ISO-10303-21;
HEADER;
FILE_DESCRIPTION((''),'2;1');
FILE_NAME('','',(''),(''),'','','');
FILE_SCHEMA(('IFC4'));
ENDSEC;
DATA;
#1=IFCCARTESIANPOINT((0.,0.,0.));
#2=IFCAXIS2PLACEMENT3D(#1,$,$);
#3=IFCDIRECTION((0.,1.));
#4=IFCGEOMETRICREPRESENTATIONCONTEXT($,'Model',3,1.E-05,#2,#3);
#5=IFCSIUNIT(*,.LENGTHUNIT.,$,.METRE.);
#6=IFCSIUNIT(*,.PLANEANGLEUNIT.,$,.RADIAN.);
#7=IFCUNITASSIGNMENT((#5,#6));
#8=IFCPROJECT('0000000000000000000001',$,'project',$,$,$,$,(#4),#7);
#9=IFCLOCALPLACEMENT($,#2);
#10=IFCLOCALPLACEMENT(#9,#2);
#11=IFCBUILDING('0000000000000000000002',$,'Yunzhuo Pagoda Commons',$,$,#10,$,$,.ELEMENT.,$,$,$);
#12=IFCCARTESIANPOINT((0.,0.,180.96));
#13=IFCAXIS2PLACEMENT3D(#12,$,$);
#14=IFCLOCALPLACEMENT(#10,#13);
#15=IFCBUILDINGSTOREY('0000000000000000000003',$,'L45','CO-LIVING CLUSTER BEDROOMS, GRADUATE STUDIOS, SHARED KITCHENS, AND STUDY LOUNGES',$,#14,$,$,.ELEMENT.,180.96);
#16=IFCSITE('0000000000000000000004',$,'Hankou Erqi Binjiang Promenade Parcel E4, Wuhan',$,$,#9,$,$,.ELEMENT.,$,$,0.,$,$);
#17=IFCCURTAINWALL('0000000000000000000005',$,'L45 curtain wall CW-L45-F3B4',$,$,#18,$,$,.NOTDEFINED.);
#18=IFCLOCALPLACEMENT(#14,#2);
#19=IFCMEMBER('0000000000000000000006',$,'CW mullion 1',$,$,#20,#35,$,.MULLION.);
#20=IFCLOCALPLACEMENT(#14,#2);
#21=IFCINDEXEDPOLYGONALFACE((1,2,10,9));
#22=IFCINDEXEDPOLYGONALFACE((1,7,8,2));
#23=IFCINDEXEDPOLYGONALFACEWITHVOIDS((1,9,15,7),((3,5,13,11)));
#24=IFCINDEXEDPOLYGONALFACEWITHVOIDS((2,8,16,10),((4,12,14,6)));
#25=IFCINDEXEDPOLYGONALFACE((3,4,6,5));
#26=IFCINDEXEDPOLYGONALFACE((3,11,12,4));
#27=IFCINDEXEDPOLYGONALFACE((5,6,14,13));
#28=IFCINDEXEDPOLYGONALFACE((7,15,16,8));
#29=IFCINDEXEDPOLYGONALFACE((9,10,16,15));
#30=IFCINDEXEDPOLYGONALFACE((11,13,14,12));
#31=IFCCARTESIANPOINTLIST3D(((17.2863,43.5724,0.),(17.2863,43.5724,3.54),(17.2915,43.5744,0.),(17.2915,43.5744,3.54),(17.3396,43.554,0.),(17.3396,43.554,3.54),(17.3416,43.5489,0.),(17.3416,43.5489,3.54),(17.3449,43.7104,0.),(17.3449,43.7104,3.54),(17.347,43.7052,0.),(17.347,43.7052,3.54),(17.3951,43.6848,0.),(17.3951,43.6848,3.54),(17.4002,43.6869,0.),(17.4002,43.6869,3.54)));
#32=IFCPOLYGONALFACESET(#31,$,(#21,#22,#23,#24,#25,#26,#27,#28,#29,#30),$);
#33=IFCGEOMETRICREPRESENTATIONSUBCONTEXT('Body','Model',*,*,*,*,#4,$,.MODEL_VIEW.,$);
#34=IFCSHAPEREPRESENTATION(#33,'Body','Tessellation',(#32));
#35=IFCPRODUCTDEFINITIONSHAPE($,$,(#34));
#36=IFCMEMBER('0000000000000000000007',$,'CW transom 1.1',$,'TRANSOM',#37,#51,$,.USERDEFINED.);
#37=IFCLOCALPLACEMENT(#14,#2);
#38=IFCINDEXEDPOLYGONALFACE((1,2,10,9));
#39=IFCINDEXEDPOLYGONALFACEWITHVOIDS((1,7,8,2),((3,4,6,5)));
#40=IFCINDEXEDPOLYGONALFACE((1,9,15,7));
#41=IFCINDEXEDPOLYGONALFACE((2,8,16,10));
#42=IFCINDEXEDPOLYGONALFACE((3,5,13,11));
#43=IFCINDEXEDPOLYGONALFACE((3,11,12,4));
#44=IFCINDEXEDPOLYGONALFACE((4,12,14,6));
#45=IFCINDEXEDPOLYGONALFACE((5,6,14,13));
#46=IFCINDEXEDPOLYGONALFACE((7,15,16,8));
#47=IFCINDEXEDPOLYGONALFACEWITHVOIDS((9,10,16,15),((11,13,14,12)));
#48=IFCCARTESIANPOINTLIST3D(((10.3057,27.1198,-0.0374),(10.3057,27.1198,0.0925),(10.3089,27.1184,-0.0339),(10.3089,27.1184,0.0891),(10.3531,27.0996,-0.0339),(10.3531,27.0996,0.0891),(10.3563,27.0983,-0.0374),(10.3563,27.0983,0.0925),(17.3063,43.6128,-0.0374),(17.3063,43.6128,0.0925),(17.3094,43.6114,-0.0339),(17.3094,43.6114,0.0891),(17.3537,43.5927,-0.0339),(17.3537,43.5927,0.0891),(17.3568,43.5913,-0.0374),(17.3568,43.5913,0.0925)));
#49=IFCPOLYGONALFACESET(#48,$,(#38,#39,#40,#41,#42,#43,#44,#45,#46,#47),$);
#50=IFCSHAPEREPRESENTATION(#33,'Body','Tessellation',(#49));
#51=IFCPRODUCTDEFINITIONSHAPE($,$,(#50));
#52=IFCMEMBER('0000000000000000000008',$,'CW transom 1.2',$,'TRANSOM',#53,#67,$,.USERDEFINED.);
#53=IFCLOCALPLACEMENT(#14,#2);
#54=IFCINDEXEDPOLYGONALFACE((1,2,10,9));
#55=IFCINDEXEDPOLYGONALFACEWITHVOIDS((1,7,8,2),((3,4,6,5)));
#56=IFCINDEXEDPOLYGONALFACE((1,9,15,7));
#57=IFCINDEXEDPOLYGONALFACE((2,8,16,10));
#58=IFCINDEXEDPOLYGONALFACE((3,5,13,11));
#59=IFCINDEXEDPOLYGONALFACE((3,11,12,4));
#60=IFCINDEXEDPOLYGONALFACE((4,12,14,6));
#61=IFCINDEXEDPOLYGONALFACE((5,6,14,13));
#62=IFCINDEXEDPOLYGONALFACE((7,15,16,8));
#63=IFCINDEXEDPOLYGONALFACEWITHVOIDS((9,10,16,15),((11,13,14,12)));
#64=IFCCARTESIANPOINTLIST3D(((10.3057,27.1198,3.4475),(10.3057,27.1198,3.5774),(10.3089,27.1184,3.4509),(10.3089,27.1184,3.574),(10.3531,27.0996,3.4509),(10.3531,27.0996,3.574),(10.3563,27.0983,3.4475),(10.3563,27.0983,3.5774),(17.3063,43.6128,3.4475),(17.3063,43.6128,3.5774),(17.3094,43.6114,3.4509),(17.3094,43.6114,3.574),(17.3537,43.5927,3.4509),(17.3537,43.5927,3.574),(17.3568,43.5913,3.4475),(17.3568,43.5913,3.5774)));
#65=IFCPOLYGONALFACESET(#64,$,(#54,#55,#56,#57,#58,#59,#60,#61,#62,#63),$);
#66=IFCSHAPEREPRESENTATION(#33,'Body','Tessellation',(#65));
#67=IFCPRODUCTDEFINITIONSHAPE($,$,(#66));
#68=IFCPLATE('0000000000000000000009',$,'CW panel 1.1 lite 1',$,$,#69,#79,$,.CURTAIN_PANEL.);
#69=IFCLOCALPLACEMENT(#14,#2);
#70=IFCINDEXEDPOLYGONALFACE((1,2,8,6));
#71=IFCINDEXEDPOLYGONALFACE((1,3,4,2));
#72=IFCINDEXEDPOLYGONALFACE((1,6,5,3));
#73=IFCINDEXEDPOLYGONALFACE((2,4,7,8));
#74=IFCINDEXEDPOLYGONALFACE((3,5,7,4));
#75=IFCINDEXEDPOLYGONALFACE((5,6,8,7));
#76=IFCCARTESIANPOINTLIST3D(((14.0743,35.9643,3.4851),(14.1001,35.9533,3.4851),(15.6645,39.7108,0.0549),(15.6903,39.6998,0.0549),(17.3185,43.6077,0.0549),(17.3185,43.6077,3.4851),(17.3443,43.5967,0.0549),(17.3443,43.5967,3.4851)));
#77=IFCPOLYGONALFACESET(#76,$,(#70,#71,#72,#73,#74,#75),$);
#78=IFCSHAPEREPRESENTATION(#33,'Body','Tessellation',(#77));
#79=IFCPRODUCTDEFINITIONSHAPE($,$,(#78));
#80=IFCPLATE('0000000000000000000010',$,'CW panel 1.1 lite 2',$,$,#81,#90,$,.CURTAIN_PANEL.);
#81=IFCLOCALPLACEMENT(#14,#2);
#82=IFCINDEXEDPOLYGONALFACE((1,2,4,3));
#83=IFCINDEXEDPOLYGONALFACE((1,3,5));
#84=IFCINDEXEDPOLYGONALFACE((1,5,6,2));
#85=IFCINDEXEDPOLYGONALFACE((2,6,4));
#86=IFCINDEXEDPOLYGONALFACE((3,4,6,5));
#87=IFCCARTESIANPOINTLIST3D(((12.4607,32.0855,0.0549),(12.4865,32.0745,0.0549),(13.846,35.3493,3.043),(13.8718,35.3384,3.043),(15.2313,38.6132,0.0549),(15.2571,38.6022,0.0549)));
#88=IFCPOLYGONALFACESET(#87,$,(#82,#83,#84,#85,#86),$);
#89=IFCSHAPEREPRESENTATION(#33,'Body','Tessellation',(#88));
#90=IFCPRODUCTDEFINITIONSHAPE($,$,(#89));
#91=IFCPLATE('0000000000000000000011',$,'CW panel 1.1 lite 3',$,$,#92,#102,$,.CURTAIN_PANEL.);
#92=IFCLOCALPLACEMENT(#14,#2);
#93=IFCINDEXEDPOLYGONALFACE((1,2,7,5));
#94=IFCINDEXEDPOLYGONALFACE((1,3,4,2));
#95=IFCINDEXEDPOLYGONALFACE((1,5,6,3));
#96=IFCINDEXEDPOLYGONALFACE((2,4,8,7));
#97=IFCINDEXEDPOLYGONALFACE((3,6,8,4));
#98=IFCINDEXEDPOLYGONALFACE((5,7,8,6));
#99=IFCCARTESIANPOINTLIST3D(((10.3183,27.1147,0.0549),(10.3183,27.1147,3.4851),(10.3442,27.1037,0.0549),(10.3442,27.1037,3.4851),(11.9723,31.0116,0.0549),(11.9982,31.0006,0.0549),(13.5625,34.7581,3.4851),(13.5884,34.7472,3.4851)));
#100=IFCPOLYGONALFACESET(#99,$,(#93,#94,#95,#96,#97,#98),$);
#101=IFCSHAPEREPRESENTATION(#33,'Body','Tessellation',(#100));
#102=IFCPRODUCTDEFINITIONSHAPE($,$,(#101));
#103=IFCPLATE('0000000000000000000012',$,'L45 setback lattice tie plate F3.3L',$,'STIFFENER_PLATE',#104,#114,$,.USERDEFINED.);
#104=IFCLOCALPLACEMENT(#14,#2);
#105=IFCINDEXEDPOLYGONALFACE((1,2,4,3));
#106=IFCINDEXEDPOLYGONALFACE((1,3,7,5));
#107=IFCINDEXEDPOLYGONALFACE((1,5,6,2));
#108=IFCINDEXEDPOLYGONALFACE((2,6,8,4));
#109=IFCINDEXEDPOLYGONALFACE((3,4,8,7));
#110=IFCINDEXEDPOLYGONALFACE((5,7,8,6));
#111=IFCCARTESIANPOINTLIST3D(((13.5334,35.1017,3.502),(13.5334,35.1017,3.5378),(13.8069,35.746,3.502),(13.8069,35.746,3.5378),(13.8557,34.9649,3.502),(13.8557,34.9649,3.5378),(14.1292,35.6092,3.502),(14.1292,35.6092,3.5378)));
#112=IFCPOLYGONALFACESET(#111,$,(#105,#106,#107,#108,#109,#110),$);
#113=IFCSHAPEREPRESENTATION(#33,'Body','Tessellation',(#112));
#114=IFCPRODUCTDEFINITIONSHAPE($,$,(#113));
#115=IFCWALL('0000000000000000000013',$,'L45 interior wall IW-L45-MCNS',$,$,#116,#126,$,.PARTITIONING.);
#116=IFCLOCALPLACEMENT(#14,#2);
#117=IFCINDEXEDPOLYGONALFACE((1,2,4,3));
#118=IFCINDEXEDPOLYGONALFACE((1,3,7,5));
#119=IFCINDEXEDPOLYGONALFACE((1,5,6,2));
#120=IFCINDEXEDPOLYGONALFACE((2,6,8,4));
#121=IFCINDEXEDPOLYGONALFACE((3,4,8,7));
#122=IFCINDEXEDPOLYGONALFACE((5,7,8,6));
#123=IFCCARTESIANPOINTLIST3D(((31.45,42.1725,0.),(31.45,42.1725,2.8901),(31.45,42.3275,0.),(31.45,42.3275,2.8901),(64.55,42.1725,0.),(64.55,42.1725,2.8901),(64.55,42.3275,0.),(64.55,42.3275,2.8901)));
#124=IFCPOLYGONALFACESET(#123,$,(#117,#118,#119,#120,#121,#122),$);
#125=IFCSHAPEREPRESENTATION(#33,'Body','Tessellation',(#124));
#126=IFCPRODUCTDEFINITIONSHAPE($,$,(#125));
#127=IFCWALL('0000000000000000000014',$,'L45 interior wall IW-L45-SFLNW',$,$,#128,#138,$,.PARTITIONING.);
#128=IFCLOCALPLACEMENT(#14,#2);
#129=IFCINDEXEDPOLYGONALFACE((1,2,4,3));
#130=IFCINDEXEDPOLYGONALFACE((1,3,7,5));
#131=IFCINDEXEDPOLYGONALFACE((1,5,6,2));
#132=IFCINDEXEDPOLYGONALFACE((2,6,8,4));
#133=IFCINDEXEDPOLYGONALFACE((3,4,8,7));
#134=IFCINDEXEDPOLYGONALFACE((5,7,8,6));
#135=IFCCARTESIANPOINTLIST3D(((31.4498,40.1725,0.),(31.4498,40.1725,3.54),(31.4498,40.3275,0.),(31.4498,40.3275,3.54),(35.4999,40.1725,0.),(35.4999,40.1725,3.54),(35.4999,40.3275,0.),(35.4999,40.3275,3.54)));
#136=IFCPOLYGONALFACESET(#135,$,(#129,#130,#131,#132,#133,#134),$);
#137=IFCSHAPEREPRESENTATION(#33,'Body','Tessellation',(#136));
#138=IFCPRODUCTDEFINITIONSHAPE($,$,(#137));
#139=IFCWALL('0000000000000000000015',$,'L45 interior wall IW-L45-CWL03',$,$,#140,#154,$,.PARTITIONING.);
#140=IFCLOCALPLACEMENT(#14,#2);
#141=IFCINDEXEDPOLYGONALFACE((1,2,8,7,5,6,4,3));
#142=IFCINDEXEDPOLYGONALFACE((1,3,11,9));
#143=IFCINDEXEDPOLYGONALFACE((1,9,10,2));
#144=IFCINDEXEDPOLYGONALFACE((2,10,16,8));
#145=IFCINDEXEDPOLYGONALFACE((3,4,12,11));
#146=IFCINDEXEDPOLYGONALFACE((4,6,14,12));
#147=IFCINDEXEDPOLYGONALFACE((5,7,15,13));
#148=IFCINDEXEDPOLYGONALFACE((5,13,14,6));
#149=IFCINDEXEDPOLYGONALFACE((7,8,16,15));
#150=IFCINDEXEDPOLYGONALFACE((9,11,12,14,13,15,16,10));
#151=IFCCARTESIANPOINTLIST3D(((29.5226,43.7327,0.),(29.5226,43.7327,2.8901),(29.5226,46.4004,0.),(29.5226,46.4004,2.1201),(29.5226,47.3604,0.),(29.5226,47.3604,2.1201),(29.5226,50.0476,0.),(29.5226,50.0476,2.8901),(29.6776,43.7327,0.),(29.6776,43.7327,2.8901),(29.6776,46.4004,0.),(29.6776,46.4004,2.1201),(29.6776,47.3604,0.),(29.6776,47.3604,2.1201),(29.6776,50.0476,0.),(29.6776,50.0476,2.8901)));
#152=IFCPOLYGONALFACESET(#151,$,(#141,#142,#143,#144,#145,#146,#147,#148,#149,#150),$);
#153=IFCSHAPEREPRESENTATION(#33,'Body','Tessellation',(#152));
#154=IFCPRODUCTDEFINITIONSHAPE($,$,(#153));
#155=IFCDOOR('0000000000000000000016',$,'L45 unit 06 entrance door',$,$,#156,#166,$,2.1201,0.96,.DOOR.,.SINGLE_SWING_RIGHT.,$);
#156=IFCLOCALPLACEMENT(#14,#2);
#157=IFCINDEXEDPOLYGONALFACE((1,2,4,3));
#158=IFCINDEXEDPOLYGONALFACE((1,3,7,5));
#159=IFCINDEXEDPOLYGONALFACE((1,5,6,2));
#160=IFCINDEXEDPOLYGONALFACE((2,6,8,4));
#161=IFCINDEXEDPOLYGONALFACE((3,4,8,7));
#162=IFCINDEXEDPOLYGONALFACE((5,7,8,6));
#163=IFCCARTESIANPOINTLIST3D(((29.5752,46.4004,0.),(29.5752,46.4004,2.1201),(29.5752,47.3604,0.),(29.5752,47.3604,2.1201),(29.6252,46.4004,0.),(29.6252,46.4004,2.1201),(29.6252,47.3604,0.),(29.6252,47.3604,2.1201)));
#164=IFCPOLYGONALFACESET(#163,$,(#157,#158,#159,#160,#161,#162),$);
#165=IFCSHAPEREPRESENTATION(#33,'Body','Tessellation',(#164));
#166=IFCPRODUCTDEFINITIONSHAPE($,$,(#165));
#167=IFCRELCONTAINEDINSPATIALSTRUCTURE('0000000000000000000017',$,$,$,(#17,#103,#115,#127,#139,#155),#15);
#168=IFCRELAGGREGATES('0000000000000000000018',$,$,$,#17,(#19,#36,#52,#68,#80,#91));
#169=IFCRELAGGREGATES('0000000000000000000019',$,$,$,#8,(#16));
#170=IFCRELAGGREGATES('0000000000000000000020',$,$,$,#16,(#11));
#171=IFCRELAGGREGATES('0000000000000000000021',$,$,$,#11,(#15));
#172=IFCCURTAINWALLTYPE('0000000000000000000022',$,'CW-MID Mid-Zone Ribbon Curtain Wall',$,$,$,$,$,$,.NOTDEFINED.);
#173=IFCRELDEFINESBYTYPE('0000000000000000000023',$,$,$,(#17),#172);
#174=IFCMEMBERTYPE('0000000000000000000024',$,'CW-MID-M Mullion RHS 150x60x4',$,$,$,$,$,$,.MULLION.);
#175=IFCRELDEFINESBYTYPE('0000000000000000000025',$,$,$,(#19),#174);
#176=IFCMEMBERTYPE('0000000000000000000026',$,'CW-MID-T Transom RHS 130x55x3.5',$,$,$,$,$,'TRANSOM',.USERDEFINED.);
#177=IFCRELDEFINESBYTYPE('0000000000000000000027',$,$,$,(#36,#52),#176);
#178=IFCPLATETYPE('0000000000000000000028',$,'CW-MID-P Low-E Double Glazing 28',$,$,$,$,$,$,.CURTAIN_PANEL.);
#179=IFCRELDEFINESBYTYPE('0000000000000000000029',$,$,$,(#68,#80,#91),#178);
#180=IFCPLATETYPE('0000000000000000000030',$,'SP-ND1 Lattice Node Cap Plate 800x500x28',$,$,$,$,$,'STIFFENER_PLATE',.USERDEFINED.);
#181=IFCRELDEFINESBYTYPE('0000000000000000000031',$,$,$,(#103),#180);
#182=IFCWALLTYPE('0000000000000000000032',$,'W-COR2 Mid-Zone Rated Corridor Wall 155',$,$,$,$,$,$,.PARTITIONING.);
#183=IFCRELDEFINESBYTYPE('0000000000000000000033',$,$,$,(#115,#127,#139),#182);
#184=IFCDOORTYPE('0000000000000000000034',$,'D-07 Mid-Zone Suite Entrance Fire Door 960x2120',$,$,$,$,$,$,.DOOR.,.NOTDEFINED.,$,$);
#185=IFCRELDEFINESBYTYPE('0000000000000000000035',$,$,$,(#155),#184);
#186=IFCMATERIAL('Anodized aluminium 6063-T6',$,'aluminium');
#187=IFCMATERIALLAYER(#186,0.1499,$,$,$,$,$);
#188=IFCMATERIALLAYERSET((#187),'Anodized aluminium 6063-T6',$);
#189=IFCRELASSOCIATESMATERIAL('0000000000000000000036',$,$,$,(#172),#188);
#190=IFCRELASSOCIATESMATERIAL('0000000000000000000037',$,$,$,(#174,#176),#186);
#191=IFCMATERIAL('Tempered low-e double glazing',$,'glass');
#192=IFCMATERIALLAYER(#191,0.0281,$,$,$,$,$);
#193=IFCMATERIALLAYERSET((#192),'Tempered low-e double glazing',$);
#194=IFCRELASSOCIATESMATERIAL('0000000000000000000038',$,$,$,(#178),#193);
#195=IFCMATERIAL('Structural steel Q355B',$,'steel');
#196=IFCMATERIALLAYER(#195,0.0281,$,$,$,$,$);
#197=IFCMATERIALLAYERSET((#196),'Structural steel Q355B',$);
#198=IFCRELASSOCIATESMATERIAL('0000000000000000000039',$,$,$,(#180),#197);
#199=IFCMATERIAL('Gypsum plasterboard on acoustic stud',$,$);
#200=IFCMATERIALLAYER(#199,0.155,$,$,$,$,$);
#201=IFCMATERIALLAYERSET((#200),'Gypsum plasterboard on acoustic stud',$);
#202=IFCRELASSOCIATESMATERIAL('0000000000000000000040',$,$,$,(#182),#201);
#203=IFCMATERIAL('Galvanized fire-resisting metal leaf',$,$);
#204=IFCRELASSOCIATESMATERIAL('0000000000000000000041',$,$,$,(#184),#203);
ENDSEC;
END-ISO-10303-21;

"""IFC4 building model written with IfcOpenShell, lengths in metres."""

from ifc_helpers import new_model, si_unit, direction, frame, frame_2d, origin, origin_with_axes, origin_2d, place, context, subcontext, project, spatial, polyline, rectangle, hollow_rectangle, outline, extrude, source, transform, mapped, material, layer, layer_set, material_profile, profile_set, type_object, element, fill, aggregate, save


model = new_model("IFC4")

# Units and contexts
model_context = context("Model", 3, precision=1e-05, world=origin(), true_north=direction((0.0, 1.0)))
body_context = subcontext(model_context, "Body", "Model", "MODEL_VIEW")
ifc_project = project(units=[si_unit("LENGTHUNIT", "METRE"), si_unit("PLANEANGLEUNIT", "RADIAN")], contexts=[model_context])

# Site, building, storey
site_placement = place(None, origin())
site = spatial("IfcSite", under=ifc_project, at=site_placement, Name="Hankou Erqi Binjiang Promenade Parcel E4, Wuhan", CompositionType="ELEMENT", RefElevation=0.0)
building_placement = place(site_placement, origin())
building = spatial("IfcBuilding", under=site, at=building_placement, Name="Yunzhuo Pagoda Commons", CompositionType="ELEMENT")
storey_placement = place(building_placement, frame((0.0, 0.0, 180.96)))
storey = spatial("IfcBuildingStorey", under=building, at=storey_placement, Name="L45", Description="CO-LIVING CLUSTER BEDROOMS, GRADUATE STUDIOS, SHARED KITCHENS, AND STUDY LOUNGES", CompositionType="ELEMENT", Elevation=180.96)

# Shared definitions
ifc_material_1 = material(Name="Structural steel Q355B", Category="steel")

# Curtain wall, members, plates
ifc_material_2 = material(Name="Anodized aluminium 6063-T6", Category="aluminium")
ifc_layer_1 = layer(ifc_material_2, 0.1499)
ifc_layer_set_1 = layer_set([ifc_layer_1], Name="Anodized aluminium 6063-T6")
curtain_wall_type = type_object("IfcCurtainWallType", Name="CW-MID Mid-Zone Ribbon Curtain Wall", PredefinedType="NOTDEFINED", material=ifc_layer_set_1)
curtain_wall_placement = place(storey_placement, origin())
curtain_wall = element("IfcCurtainWall", 1, at=curtain_wall_placement, inside=storey, type_object=curtain_wall_type, Name="L45 curtain wall CW-L45-F3B4", PredefinedType="NOTDEFINED")
ifc_material_profile_1 = material_profile(ifc_material_2, hollow_rectangle(XDim=0.0601, YDim=0.1499, WallThickness=0.0039, at=origin_2d()), Name="Anodized aluminium 6063-T6")
ifc_profile_set_1 = profile_set([ifc_material_profile_1], Name="Anodized aluminium 6063-T6")
member_type_1 = type_object("IfcMemberType", Name="CW-MID-M Mullion RHS 150x60x4", PredefinedType="MULLION", material=ifc_profile_set_1)
shared_shape_1 = source(origin(), body_context, "Body", "SweptSolid", [
    extrude(hollow_rectangle(XDim=0.0601, YDim=0.1499, WallThickness=0.0039, at=origin_2d()), origin(), (0.0, 0.0, 1.0), 3.54),
])
member_1_placement = place(storey_placement, frame((17.3433, 43.6296, 0.0), z_axis=(0.0, 0.0, 1.0), x_axis=(0.920515, -0.390706, 0.0)))
member_1 = element("IfcMember", 2, at=member_1_placement, type_object=member_type_1, Name="CW mullion 1", PredefinedType="MULLION", context=body_context, shape_type="MappedRepresentation", body=[
    mapped(shared_shape_1, transform((0.0, 0.0, 0.0), scale=1.0)),
])
ifc_material_profile_2 = material_profile(ifc_material_2, hollow_rectangle(XDim=0.0549, YDim=0.1299, WallThickness=0.0034, at=origin_2d()), Name="Anodized aluminium 6063-T6")
ifc_profile_set_2 = profile_set([ifc_material_profile_2], Name="Anodized aluminium 6063-T6")
member_type_2 = type_object("IfcMemberType", Name="CW-MID-T Transom RHS 130x55x3.5", ElementType="TRANSOM", PredefinedType="USERDEFINED", material=ifc_profile_set_2)
shared_shape_2 = source(origin(), body_context, "Body", "SweptSolid", [
    extrude(hollow_rectangle(XDim=0.0549, YDim=0.1299, WallThickness=0.0034, at=origin_2d()), origin(), (0.0, 0.0, 1.0), 17.9172),
])
member_2_placement = place(storey_placement, frame((17.3315, 43.6021, 0.0276), z_axis=(-0.390715, -0.920512, 0.0), x_axis=(0.920512, -0.390715, 0.0)))
member_2 = element("IfcMember", 3, at=member_2_placement, type_object=member_type_2, Name="CW transom 1.1", ObjectType="TRANSOM", PredefinedType="USERDEFINED", context=body_context, shape_type="MappedRepresentation", body=[
    mapped(shared_shape_2, transform((0.0, 0.0, 0.0), scale=1.0)),
])
member_3_placement = place(storey_placement, frame((17.3315, 43.6021, 3.5125), z_axis=(-0.390715, -0.920512, 0.0), x_axis=(0.920512, -0.390715, 0.0)))
member_3 = element("IfcMember", 4, at=member_3_placement, type_object=member_type_2, Name="CW transom 1.2", ObjectType="TRANSOM", PredefinedType="USERDEFINED", context=body_context, shape_type="MappedRepresentation", body=[
    mapped(shared_shape_2, transform((0.0, 0.0, 0.0), scale=1.0)),
])
ifc_material_3 = material(Name="Tempered low-e double glazing", Category="glass")
ifc_layer_2 = layer(ifc_material_3, 0.0281)
ifc_layer_set_2 = layer_set([ifc_layer_2], Name="Tempered low-e double glazing")
plate_type_1 = type_object("IfcPlateType", Name="CW-MID-P Low-E Double Glazing 28", PredefinedType="CURTAIN_PANEL", material=ifc_layer_set_2)
plate_1_placement = place(storey_placement, frame((15.7222, 39.7749, 1.77), z_axis=(-0.920515, 0.390706, 0.0), x_axis=(-0.390706, -0.920515, 0.0)))
plate_1 = element("IfcPlate", 5, at=plate_1_placement, type_object=plate_type_1, Name="CW panel 1.1 lite 1", PredefinedType="CURTAIN_PANEL", context=body_context, shape_type="SweptSolid", body=[
    extrude(outline(polyline([(-4.1519, -1.7151), (0.0815, -1.7151), (4.1516, 1.7151), (-4.1519, 1.7151), (-4.1519, -1.7151)])), origin(), (0.0, 0.0, 1.0), 0.0281),
])
plate_2_placement = place(storey_placement, frame((13.8718, 35.3384, 1.5491), z_axis=(-0.920515, 0.390706, 0.0), x_axis=(-0.390706, -0.920515, 0.0)))
plate_2 = element("IfcPlate", 6, at=plate_2_placement, type_object=plate_type_1, Name="CW panel 1.1 lite 2", PredefinedType="CURTAIN_PANEL", context=body_context, shape_type="SweptSolid", body=[
    extrude(outline(polyline([(-3.5457, -1.4941), (3.5457, -1.4941), (0.0, 1.4939), (-3.5457, -1.4941)])), origin(), (0.0, 0.0, 1.0), 0.0281),
])
plate_3_placement = place(storey_placement, frame((11.9663, 30.9255, 1.77), z_axis=(-0.920515, 0.390706, 0.0), x_axis=(-0.390706, -0.920515, 0.0)))
plate_3 = element("IfcPlate", 7, at=plate_3_placement, type_object=plate_type_1, Name="CW panel 1.1 lite 3", PredefinedType="CURTAIN_PANEL", context=body_context, shape_type="SweptSolid", body=[
    extrude(outline(polyline([(-4.1516, 1.7151), (-0.0815, -1.7151), (4.1519, -1.7151), (4.1519, 1.7151), (-4.1516, 1.7151)])), origin(), (0.0, 0.0, 1.0), 0.0281),
])
aggregate(curtain_wall, [member_1, member_2, member_3, plate_1, plate_2, plate_3])

# Plate
ifc_layer_3 = layer(ifc_material_1, 0.0281)
ifc_layer_set_3 = layer_set([ifc_layer_3], Name="Structural steel Q355B")
plate_type_2 = type_object("IfcPlateType", Name="SP-ND1 Lattice Node Cap Plate 800x500x28", ElementType="STIFFENER_PLATE", PredefinedType="USERDEFINED", material=ifc_layer_set_3)
shared_shape_3 = source(origin(), body_context, "Body", "SweptSolid", [
    extrude(rectangle(XDim=0.7, YDim=0.3501, at=origin_2d()), origin(), (0.0, 0.0, 1.0), 0.0359),
])
plate_4_placement = place(storey_placement, frame((13.8313, 35.3555, 3.502), z_axis=(0.0, 0.0, 1.0), x_axis=(-0.390699, -0.920518, 0.0)))
element("IfcPlate", 8, at=plate_4_placement, inside=storey, type_object=plate_type_2, Name="L45 setback lattice tie plate F3.3L", ObjectType="STIFFENER_PLATE", PredefinedType="USERDEFINED", context=body_context, shape_type="MappedRepresentation", body=[
    mapped(shared_shape_3, transform((0.0, 0.0, 0.0), scale=1.0)),
])

# Walls
ifc_material_4 = material(Name="Gypsum plasterboard on acoustic stud")
ifc_layer_4 = layer(ifc_material_4, 0.155)
ifc_layer_set_4 = layer_set([ifc_layer_4], Name="Gypsum plasterboard on acoustic stud")
wall_type_1 = type_object("IfcWallType", Name="W-COR2 Mid-Zone Rated Corridor Wall 155", PredefinedType="PARTITIONING", material=ifc_layer_set_4)
wall_1_placement = place(storey_placement, frame((31.45, 42.25, 0.0), z_axis=(0.0, 0.0, 1.0), x_axis=(1.0, 0.0, 0.0)))
element("IfcWall", 9, at=wall_1_placement, inside=storey, type_object=wall_type_1, Name="L45 interior wall IW-L45-MCNS", PredefinedType="PARTITIONING", context=body_context, shape_type="SweptSolid", body=[
    extrude(rectangle(XDim=33.1001, YDim=0.155, at=frame_2d((16.55, 0.0))), origin(), (0.0, 0.0, 1.0), 2.8901),
])
wall_2_placement = place(storey_placement, frame((31.45, 40.25, 0.0), z_axis=(0.0, 0.0, 1.0), x_axis=(1.0, 0.0, 0.0)))
element("IfcWall", 10, at=wall_2_placement, inside=storey, type_object=wall_type_1, Name="L45 interior wall IW-L45-SFLNW", PredefinedType="PARTITIONING", context=body_context, shape_type="SweptSolid", body=[
    extrude(rectangle(XDim=4.05, YDim=0.155, at=frame_2d((2.0249, 0.0))), origin(), (0.0, 0.0, 1.0), 3.54),
])

# Wall, opening, door
ifc_material_5 = material(Name="Galvanized fire-resisting metal leaf")
door_type_1 = type_object("IfcDoorType", Name="D-07 Mid-Zone Suite Entrance Fire Door 960x2120", OperationType="NOTDEFINED", PredefinedType="DOOR", material=ifc_material_5)
shared_shape_4 = source(origin(), body_context, "Body", "SweptSolid", [
    extrude(rectangle(XDim=0.96, YDim=2.1201, at=frame_2d((0.48, 1.0601))), frame((0.0, 0.0249, 0.0), z_axis=(0.0, -1.0, 0.0), x_axis=(1.0, 0.0, 0.0)), (0.0, 0.0, 1.0), 0.05),
])
wall_3_placement = place(storey_placement, frame((29.6001, 43.7327, 0.0), z_axis=(0.0, 0.0, 1.0), x_axis=(0.0, 1.0, 0.0)))
wall_3 = element("IfcWall", 11, at=wall_3_placement, inside=storey, type_object=wall_type_1, Name="L45 interior wall IW-L45-CWL03", PredefinedType="PARTITIONING", context=body_context, shape_type="SweptSolid", body=[
    extrude(rectangle(XDim=6.3149, YDim=0.155, at=frame_2d((3.1575, 0.0))), origin(), (0.0, 0.0, 1.0), 2.8901),
])
opening_1_placement = place(wall_3_placement, frame((2.6677, 0.0, 0.0)))
opening_1 = element("IfcOpeningElement", 12, at=opening_1_placement, cuts=wall_3, PredefinedType="OPENING", context=body_context, shape_type="SweptSolid", body=[
    extrude(rectangle(XDim=0.96, YDim=2.1201, at=frame_2d((0.48, 1.0601))), frame((0.0, 0.0874, 0.0), z_axis=(0.0, -1.0, 0.0), x_axis=(1.0, 0.0, 0.0)), (0.0, 0.0, 1.0), 0.175),
])
door_1_placement = place(opening_1_placement, origin_with_axes())
door_1 = element("IfcDoor", 13, at=door_1_placement, inside=storey, type_object=door_type_1, Name="L45 unit 06 entrance door", OperationType="SINGLE_SWING_RIGHT", OverallHeight=2.1201, OverallWidth=0.96, PredefinedType="DOOR", context=body_context, shape_type="MappedRepresentation", body=[
    mapped(shared_shape_4, transform((0.0, 0.0, 0.0), scale=1.0)),
])
fill(opening_1, door_1)

save(model, "model.ifc")
